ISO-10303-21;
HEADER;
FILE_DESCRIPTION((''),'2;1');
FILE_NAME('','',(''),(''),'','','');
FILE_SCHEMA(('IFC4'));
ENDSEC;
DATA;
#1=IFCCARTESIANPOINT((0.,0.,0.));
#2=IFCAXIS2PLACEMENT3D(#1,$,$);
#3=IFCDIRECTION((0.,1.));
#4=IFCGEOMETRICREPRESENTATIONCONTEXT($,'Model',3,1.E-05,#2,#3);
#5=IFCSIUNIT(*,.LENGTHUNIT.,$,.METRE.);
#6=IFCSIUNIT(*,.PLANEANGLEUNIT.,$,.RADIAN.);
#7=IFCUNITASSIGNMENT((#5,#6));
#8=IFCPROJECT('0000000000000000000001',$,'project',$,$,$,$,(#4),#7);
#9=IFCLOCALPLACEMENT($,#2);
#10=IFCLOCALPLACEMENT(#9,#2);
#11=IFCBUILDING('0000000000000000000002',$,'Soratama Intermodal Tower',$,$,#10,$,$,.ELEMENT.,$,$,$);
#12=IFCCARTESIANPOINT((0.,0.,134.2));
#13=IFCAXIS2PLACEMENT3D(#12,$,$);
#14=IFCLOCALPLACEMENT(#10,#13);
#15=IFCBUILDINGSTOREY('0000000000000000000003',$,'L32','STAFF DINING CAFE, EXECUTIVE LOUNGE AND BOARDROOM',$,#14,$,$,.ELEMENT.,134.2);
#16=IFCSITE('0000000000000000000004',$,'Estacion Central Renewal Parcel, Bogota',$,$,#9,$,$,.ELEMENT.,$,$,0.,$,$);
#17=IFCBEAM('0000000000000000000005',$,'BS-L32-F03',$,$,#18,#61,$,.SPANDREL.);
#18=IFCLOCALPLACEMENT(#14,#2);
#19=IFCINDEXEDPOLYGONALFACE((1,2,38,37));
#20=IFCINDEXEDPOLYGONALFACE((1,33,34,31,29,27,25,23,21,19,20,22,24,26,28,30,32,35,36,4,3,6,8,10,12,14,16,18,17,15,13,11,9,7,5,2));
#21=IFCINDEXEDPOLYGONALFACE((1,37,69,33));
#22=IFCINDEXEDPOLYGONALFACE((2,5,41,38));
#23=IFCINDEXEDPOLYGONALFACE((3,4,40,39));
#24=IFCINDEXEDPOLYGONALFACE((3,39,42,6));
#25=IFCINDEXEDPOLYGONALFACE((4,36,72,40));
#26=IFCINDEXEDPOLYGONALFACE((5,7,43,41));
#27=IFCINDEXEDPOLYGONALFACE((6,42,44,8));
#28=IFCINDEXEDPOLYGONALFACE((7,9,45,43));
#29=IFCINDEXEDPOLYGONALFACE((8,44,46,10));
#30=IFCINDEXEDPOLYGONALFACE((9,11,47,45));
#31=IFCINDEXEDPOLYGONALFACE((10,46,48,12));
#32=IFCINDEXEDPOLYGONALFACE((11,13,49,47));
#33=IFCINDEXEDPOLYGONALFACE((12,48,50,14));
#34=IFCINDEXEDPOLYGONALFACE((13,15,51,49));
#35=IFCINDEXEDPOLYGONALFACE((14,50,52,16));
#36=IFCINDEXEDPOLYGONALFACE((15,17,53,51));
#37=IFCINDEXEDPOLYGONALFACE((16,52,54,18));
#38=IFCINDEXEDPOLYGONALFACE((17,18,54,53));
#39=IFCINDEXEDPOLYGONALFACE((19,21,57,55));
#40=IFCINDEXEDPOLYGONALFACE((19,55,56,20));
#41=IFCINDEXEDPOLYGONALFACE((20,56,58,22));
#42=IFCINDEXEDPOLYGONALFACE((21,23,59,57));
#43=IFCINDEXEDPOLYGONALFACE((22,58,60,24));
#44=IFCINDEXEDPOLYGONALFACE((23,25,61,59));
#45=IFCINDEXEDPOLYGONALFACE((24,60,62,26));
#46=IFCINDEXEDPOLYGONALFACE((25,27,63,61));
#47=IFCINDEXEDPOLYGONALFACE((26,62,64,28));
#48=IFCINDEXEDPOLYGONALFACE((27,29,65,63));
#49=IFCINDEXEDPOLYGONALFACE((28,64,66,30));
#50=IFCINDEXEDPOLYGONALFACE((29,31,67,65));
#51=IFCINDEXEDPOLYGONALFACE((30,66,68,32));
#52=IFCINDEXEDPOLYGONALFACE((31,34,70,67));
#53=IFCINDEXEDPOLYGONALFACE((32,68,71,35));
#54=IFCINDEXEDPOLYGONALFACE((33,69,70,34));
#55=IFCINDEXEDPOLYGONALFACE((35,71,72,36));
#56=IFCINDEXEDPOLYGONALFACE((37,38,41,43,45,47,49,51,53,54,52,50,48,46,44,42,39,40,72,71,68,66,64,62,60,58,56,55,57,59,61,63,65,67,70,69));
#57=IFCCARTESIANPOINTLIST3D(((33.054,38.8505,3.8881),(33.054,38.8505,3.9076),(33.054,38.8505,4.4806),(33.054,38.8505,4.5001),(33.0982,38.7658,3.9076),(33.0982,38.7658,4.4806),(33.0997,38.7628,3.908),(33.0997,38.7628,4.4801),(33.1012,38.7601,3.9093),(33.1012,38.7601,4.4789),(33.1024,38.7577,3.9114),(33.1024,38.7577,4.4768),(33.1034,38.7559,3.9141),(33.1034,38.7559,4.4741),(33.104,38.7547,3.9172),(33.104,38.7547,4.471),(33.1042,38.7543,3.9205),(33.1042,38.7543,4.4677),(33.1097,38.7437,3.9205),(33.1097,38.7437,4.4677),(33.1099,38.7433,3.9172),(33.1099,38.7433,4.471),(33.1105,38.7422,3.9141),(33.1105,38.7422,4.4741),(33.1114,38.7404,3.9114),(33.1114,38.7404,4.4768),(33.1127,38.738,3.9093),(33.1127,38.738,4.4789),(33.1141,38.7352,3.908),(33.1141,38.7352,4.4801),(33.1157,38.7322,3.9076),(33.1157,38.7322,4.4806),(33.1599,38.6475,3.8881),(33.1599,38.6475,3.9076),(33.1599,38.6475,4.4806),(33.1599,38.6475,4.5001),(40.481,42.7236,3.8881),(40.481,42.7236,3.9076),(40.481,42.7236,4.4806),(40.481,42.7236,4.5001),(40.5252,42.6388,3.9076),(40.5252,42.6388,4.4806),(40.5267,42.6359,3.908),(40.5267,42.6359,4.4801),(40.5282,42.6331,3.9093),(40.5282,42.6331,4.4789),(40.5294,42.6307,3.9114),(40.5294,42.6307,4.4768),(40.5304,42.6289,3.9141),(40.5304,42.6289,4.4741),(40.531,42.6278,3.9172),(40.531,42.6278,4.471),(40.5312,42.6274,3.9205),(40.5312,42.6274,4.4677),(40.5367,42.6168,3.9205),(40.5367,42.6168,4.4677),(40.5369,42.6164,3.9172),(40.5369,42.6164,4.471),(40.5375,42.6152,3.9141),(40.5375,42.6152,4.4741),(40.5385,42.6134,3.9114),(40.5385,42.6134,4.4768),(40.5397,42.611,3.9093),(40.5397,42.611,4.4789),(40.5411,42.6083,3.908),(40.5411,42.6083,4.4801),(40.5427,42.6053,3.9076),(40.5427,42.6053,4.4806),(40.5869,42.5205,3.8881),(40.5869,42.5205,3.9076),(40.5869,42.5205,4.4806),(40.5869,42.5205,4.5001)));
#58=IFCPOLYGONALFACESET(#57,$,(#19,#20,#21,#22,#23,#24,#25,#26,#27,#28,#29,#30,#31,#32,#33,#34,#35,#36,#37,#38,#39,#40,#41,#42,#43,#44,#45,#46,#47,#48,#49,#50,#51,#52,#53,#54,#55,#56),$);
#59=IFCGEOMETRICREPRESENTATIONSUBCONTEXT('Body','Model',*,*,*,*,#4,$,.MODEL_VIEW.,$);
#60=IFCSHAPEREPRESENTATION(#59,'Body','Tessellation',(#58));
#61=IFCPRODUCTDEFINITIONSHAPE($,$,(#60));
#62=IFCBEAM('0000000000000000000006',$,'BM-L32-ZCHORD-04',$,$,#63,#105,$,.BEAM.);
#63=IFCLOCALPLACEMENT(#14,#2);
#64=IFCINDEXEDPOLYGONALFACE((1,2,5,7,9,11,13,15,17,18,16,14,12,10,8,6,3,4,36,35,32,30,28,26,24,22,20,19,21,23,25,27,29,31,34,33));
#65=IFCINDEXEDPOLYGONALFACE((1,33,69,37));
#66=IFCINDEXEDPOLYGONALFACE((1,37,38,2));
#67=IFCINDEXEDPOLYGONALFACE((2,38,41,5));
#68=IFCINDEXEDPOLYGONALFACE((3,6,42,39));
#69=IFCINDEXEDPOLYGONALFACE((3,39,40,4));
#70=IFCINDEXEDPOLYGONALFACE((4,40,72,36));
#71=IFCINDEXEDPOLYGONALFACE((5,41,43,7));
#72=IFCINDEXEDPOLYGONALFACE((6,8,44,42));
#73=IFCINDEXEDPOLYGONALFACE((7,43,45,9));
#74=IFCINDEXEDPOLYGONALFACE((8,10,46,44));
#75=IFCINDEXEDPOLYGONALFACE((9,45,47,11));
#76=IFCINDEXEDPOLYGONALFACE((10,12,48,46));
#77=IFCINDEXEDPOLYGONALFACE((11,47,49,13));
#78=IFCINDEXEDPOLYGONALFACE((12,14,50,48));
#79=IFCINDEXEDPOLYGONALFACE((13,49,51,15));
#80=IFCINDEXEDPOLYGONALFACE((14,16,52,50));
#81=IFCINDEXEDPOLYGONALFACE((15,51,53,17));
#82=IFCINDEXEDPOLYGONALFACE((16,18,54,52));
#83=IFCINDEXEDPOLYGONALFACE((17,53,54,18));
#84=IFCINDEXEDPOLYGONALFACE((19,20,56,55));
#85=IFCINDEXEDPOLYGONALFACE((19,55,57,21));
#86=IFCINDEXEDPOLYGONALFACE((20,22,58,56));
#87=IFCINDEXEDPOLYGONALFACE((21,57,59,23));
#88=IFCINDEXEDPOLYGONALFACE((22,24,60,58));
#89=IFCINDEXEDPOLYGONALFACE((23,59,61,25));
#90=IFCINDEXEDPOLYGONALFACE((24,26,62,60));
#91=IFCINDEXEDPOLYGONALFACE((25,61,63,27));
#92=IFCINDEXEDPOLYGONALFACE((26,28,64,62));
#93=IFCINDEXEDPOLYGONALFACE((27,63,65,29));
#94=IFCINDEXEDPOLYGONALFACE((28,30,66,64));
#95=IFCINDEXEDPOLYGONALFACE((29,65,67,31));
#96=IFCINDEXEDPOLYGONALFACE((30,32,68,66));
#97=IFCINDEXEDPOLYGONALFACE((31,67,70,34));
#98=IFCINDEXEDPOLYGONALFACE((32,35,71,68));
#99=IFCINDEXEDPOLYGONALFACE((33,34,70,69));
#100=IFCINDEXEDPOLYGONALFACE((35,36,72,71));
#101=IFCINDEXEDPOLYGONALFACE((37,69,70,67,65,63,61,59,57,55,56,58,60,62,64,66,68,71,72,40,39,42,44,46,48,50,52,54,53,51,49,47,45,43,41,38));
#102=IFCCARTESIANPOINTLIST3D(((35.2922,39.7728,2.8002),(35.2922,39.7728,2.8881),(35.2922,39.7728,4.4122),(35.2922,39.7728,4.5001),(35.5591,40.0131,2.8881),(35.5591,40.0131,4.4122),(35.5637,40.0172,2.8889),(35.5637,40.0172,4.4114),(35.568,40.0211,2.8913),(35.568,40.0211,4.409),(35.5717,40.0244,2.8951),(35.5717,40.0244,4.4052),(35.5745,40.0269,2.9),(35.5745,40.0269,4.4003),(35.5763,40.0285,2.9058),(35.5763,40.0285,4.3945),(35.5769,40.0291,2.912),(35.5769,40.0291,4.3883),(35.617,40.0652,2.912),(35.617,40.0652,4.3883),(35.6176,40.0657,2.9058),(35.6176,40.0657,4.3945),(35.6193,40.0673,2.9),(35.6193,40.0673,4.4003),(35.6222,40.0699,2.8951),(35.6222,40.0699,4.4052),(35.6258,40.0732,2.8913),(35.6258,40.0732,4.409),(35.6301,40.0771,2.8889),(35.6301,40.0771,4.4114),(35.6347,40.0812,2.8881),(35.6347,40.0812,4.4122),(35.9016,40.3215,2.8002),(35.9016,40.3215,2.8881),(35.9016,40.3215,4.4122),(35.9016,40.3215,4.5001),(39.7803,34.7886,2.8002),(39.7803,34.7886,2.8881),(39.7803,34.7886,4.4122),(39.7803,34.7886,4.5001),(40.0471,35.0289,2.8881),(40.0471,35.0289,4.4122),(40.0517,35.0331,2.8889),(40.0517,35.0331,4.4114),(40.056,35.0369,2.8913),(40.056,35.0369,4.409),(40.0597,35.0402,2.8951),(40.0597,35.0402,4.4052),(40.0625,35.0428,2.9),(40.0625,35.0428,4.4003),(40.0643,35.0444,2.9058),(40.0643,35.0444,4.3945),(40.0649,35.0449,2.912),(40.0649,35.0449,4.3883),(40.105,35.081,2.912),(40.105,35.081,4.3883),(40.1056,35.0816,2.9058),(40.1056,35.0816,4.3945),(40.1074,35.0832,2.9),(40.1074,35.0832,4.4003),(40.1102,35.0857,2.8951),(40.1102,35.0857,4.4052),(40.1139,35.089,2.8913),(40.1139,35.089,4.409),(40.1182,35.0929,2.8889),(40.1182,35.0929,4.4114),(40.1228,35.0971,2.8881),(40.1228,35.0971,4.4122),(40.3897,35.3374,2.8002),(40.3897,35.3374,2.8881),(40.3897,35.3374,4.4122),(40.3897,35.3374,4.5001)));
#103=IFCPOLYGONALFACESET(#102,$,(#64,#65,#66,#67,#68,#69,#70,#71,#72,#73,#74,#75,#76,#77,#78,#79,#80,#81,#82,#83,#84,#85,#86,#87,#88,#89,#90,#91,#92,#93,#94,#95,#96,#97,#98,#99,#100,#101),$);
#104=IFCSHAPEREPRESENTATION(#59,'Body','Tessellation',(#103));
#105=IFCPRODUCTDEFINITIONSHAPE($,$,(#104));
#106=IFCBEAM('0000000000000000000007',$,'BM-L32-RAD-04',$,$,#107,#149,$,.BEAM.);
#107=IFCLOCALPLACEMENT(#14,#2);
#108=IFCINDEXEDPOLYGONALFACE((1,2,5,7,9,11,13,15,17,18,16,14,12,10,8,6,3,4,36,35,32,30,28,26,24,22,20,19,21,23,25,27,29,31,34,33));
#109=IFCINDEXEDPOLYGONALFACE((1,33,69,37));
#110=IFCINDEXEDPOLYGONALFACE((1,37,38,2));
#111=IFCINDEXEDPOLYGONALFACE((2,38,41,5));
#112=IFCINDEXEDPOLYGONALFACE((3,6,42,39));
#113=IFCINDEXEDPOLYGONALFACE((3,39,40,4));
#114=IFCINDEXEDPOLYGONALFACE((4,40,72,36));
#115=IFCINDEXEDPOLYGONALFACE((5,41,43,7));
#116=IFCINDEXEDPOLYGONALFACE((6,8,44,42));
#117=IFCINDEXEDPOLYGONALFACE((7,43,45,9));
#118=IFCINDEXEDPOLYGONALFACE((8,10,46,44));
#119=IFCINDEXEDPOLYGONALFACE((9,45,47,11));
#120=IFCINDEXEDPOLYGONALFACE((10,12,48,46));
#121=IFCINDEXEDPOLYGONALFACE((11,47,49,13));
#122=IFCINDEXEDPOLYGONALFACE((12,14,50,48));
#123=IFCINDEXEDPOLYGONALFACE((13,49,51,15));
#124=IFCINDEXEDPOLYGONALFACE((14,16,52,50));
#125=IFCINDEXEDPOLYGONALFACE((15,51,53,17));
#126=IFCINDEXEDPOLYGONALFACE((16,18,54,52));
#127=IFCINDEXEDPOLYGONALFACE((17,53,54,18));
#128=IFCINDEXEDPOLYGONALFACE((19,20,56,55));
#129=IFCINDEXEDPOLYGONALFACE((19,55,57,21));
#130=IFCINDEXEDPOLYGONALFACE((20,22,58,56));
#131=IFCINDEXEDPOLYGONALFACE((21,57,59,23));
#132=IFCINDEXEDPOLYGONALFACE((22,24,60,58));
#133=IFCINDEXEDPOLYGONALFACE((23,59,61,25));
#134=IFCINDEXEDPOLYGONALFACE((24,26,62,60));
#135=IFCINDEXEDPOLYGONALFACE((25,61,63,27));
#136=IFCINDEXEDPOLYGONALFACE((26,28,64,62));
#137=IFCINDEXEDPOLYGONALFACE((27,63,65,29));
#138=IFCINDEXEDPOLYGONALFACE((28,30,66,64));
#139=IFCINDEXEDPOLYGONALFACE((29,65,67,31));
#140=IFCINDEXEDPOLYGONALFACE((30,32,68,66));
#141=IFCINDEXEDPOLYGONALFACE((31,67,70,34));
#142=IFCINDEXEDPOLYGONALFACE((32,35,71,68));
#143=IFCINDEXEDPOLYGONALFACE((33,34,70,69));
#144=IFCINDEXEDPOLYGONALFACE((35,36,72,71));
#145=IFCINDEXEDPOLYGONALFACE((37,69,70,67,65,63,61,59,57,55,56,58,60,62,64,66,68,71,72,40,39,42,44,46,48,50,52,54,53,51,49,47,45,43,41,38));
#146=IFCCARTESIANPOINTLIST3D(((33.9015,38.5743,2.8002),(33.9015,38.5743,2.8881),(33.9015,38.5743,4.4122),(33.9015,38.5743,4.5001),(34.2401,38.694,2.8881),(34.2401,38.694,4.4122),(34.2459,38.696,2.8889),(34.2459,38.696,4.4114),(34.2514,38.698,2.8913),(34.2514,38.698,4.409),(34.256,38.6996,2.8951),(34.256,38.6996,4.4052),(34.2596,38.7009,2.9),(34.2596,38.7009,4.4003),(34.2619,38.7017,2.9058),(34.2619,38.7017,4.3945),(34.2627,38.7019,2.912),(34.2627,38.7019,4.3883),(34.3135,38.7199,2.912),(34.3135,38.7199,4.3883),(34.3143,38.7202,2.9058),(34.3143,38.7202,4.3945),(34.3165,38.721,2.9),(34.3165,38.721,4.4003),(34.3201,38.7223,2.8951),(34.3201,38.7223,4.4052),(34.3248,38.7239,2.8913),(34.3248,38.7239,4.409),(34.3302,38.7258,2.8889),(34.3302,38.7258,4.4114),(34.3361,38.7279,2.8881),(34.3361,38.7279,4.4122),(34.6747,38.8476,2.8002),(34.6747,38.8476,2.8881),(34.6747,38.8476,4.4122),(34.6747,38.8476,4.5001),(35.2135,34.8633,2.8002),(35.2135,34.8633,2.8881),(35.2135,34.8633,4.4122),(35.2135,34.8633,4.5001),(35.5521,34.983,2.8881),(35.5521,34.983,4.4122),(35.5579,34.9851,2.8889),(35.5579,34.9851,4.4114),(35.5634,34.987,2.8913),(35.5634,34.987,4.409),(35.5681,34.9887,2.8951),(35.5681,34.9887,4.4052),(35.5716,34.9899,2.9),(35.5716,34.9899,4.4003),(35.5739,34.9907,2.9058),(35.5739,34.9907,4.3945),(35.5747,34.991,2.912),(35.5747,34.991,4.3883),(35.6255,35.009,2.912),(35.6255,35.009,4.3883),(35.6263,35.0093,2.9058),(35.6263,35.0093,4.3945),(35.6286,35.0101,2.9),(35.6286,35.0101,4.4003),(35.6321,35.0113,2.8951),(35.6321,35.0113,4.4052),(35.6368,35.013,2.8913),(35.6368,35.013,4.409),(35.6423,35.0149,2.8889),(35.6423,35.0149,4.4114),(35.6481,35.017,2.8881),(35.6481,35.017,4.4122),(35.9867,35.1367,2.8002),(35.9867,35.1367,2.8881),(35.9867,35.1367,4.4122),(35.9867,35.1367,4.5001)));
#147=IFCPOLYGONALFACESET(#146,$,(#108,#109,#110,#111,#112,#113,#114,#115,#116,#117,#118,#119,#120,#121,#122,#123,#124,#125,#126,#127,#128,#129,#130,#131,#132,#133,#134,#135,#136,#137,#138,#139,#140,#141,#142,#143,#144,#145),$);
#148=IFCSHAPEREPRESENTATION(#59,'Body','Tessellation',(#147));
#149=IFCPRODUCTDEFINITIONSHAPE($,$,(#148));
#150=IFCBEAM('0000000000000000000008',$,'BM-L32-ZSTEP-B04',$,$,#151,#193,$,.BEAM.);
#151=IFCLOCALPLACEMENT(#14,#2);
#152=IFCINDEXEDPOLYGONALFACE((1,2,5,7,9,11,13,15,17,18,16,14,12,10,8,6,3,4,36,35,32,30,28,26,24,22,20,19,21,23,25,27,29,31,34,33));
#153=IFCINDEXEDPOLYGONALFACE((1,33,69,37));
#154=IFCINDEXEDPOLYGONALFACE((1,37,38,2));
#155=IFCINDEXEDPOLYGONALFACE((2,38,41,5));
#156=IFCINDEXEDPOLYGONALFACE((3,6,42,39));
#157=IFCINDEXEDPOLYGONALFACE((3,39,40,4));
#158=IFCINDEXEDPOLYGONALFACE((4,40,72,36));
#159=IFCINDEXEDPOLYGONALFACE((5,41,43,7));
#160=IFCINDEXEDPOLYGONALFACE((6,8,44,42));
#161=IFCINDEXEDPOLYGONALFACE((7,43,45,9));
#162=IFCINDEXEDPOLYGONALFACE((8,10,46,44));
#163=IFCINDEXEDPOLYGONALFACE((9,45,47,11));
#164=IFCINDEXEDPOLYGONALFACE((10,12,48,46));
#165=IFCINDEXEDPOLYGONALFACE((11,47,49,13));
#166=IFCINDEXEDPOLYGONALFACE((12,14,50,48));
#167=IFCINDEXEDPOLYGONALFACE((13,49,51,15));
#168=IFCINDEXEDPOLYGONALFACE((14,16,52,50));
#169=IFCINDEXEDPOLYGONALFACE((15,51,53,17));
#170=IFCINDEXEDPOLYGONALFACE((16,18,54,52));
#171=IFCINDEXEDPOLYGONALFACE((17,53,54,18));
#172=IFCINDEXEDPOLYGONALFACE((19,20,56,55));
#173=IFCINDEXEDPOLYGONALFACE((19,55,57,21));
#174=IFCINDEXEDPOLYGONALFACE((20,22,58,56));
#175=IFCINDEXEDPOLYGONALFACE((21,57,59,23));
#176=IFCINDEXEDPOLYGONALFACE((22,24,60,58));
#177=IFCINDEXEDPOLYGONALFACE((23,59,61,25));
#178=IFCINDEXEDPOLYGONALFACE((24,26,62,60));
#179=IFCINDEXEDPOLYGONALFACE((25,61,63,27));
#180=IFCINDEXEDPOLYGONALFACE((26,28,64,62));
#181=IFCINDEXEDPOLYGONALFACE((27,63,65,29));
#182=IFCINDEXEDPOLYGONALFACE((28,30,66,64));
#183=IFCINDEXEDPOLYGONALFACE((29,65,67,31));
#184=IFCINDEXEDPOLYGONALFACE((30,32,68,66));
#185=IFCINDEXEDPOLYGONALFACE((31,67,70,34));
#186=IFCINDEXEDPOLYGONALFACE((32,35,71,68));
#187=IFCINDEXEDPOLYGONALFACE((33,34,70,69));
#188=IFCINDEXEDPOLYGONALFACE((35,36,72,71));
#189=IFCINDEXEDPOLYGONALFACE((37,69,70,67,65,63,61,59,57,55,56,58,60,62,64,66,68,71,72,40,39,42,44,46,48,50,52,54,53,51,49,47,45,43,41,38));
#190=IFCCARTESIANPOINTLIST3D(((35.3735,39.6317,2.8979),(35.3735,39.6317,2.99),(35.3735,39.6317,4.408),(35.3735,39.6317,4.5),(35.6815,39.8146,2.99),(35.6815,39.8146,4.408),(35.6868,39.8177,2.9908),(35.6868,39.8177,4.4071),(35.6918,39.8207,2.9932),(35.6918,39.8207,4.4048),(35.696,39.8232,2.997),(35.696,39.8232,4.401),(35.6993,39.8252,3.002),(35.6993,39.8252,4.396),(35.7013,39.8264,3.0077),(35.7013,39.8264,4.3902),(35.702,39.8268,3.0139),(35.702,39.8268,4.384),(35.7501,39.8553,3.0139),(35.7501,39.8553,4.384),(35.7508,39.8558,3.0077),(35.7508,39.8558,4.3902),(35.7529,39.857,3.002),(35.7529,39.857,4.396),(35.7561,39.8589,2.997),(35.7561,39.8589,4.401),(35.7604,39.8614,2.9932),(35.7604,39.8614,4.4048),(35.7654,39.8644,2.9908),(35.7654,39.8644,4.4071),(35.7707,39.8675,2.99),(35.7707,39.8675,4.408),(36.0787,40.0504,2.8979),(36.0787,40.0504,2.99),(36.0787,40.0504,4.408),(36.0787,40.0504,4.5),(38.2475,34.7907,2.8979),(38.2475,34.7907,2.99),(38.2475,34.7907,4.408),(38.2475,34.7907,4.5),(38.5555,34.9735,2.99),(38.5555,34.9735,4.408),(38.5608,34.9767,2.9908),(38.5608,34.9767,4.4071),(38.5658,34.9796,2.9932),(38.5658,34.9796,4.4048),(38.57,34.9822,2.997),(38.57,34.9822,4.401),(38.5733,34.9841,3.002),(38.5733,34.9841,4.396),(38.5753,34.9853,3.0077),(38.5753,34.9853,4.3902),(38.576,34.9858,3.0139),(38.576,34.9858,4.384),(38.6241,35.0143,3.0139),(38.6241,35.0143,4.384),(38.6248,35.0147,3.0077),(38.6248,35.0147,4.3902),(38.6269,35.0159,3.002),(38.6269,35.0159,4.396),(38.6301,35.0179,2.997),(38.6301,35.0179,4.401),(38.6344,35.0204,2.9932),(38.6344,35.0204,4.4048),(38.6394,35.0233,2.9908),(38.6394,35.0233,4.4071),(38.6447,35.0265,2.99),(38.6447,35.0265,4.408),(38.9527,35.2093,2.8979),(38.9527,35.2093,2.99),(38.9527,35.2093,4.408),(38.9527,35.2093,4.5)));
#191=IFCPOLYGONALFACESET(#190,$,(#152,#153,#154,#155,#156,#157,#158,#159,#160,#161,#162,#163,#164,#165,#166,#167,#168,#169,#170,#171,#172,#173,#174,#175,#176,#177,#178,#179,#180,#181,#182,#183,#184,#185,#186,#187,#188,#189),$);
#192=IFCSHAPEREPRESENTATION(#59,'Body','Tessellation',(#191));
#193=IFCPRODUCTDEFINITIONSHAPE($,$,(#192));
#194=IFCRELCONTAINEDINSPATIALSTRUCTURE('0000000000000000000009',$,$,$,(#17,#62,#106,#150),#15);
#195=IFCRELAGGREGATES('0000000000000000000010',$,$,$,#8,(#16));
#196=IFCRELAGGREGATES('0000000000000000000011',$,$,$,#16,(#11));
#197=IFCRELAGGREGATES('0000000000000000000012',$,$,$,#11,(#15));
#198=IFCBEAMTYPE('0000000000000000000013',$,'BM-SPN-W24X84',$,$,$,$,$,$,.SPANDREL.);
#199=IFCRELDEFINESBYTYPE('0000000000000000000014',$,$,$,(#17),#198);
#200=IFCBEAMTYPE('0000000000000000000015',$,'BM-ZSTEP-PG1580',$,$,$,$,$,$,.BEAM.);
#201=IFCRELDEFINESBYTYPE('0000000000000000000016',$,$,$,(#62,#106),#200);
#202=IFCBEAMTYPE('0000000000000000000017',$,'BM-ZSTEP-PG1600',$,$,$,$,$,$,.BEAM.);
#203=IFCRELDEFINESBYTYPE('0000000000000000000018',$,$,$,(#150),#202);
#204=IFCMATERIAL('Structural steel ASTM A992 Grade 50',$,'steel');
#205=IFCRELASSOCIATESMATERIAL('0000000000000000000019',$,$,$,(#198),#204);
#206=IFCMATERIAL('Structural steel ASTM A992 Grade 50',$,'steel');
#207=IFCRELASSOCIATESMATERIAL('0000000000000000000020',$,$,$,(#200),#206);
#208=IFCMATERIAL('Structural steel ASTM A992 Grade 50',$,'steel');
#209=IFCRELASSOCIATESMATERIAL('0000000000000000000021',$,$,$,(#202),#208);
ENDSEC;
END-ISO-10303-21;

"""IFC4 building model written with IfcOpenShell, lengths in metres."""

from ifc_helpers import new_model, si_unit, direction, frame, origin, origin_2d, place, context, subcontext, project, spatial, i_section, extrude, material, material_profile, profile_set, type_object, element, save


model = new_model("IFC4")

# Units and contexts
model_context = context("Model", 3, precision=1e-05, world=origin(), true_north=direction((0.0, 1.0)))
body_context = subcontext(model_context, "Body", "Model", "MODEL_VIEW")
ifc_project = project(units=[si_unit("LENGTHUNIT", "METRE"), si_unit("PLANEANGLEUNIT", "RADIAN")], contexts=[model_context])

# Site, building, storey
site_placement = place(None, origin())
site = spatial("IfcSite", under=ifc_project, at=site_placement, Name="Estacion Central Renewal Parcel, Bogota", CompositionType="ELEMENT", RefElevation=0.0)
building_placement = place(site_placement, origin())
building = spatial("IfcBuilding", under=site, at=building_placement, Name="Soratama Intermodal Tower", CompositionType="ELEMENT")
storey_placement = place(building_placement, frame((0.0, 0.0, 134.2)))
storey = spatial("IfcBuildingStorey", under=building, at=storey_placement, Name="L32", Description="STAFF DINING CAFE, EXECUTIVE LOUNGE AND BOARDROOM", CompositionType="ELEMENT", Elevation=134.2)

# Beams
ifc_material_1 = material(Name="Structural steel ASTM A992 Grade 50", Category="steel")
ifc_material_profile_1 = material_profile(ifc_material_1, i_section(OverallWidth=0.229, OverallDepth=0.6121, WebThickness=0.012, FlangeThickness=0.0195, FilletRadius=0.0129, at=origin_2d()), Name="W24X84")
ifc_profile_set_1 = profile_set([ifc_material_profile_1], Name="Structural steel ASTM A992 Grade 50")
beam_type_1 = type_object("IfcBeamType", Name="BM-SPN-W24X84", PredefinedType="SPANDREL", material=ifc_profile_set_1)
beam_1_placement = place(storey_placement, frame((40.5339, 42.6221, 4.1941), z_axis=(-0.886678, -0.462387, 0.0), x_axis=(0.462387, -0.886678, 0.0)))
element("IfcBeam", 1, at=beam_1_placement, inside=storey, type_object=beam_type_1, Name="BS-L32-F03", PredefinedType="SPANDREL", context=body_context, shape_type="SweptSolid", body=[
    extrude(i_section(OverallWidth=0.229, OverallDepth=0.6121, WebThickness=0.012, FlangeThickness=0.0195, FilletRadius=0.0129, at=origin_2d()), origin(), (0.0, 0.0, 1.0), 8.3762),
])
ifc_material_2 = material(Name="Structural steel ASTM A992 Grade 50", Category="steel")
ifc_material_profile_2 = material_profile(ifc_material_2, i_section(OverallWidth=0.8201, OverallDepth=1.7, WebThickness=0.054, FlangeThickness=0.0879, FilletRadius=0.0239, at=origin_2d()), Name="PG1580X800")
ifc_profile_set_2 = profile_set([ifc_material_profile_2], Name="Structural steel ASTM A992 Grade 50")
beam_type_2 = type_object("IfcBeamType", Name="BM-ZSTEP-PG1580", PredefinedType="BEAM", material=ifc_profile_set_2)
beam_2_placement = place(storey_placement, frame((40.085, 35.063, 3.6501), z_axis=(-0.669156, 0.743122, 0.0), x_axis=(-0.743122, -0.669156, 0.0)))
element("IfcBeam", 2, at=beam_2_placement, inside=storey, type_object=beam_type_2, Name="BM-L32-ZCHORD-04", PredefinedType="BEAM", context=body_context, shape_type="SweptSolid", body=[
    extrude(i_section(OverallWidth=0.8201, OverallDepth=1.7, WebThickness=0.054, FlangeThickness=0.0879, FilletRadius=0.0239, at=origin_2d()), origin(), (0.0, 0.0, 1.0), 6.707),
])
beam_3_placement = place(storey_placement, frame((35.6001, 35.0, 3.6501), z_axis=(-0.333333, 0.942809, 0.0), x_axis=(-0.942809, -0.333333, 0.0)))
element("IfcBeam", 3, at=beam_3_placement, inside=storey, type_object=beam_type_2, Name="BM-L32-RAD-04", PredefinedType="BEAM", context=body_context, shape_type="SweptSolid", body=[
    extrude(i_section(OverallWidth=0.8201, OverallDepth=1.7, WebThickness=0.054, FlangeThickness=0.0879, FilletRadius=0.0239, at=origin_2d()), origin(), (0.0, 0.0, 1.0), 3.936),
])
ifc_material_3 = material(Name="Structural steel ASTM A992 Grade 50", Category="steel")
ifc_material_profile_3 = material_profile(ifc_material_3, i_section(OverallWidth=0.8201, OverallDepth=1.6021, WebThickness=0.0559, FlangeThickness=0.092, FilletRadius=0.0239, at=origin_2d()), Name="PG1600X650")
ifc_profile_set_3 = profile_set([ifc_material_profile_3], Name="Structural steel ASTM A992 Grade 50")
beam_type_3 = type_object("IfcBeamType", Name="BM-ZSTEP-PG1600", PredefinedType="BEAM", material=ifc_profile_set_3)
beam_4_placement = place(storey_placement, frame((35.7261, 39.8411, 3.699), z_axis=(0.510492, -0.859883, 0.0), x_axis=(0.859883, 0.510492, 0.0)))
element("IfcBeam", 4, at=beam_4_placement, inside=storey, type_object=beam_type_3, Name="BM-L32-ZSTEP-B04", PredefinedType="BEAM", context=body_context, shape_type="SweptSolid", body=[
    extrude(i_section(OverallWidth=0.8201, OverallDepth=1.6021, WebThickness=0.0559, FlangeThickness=0.092, FilletRadius=0.0239, at=origin_2d()), origin(), (0.0, 0.0, 1.0), 5.6299),
])

save(model, "model.ifc")
